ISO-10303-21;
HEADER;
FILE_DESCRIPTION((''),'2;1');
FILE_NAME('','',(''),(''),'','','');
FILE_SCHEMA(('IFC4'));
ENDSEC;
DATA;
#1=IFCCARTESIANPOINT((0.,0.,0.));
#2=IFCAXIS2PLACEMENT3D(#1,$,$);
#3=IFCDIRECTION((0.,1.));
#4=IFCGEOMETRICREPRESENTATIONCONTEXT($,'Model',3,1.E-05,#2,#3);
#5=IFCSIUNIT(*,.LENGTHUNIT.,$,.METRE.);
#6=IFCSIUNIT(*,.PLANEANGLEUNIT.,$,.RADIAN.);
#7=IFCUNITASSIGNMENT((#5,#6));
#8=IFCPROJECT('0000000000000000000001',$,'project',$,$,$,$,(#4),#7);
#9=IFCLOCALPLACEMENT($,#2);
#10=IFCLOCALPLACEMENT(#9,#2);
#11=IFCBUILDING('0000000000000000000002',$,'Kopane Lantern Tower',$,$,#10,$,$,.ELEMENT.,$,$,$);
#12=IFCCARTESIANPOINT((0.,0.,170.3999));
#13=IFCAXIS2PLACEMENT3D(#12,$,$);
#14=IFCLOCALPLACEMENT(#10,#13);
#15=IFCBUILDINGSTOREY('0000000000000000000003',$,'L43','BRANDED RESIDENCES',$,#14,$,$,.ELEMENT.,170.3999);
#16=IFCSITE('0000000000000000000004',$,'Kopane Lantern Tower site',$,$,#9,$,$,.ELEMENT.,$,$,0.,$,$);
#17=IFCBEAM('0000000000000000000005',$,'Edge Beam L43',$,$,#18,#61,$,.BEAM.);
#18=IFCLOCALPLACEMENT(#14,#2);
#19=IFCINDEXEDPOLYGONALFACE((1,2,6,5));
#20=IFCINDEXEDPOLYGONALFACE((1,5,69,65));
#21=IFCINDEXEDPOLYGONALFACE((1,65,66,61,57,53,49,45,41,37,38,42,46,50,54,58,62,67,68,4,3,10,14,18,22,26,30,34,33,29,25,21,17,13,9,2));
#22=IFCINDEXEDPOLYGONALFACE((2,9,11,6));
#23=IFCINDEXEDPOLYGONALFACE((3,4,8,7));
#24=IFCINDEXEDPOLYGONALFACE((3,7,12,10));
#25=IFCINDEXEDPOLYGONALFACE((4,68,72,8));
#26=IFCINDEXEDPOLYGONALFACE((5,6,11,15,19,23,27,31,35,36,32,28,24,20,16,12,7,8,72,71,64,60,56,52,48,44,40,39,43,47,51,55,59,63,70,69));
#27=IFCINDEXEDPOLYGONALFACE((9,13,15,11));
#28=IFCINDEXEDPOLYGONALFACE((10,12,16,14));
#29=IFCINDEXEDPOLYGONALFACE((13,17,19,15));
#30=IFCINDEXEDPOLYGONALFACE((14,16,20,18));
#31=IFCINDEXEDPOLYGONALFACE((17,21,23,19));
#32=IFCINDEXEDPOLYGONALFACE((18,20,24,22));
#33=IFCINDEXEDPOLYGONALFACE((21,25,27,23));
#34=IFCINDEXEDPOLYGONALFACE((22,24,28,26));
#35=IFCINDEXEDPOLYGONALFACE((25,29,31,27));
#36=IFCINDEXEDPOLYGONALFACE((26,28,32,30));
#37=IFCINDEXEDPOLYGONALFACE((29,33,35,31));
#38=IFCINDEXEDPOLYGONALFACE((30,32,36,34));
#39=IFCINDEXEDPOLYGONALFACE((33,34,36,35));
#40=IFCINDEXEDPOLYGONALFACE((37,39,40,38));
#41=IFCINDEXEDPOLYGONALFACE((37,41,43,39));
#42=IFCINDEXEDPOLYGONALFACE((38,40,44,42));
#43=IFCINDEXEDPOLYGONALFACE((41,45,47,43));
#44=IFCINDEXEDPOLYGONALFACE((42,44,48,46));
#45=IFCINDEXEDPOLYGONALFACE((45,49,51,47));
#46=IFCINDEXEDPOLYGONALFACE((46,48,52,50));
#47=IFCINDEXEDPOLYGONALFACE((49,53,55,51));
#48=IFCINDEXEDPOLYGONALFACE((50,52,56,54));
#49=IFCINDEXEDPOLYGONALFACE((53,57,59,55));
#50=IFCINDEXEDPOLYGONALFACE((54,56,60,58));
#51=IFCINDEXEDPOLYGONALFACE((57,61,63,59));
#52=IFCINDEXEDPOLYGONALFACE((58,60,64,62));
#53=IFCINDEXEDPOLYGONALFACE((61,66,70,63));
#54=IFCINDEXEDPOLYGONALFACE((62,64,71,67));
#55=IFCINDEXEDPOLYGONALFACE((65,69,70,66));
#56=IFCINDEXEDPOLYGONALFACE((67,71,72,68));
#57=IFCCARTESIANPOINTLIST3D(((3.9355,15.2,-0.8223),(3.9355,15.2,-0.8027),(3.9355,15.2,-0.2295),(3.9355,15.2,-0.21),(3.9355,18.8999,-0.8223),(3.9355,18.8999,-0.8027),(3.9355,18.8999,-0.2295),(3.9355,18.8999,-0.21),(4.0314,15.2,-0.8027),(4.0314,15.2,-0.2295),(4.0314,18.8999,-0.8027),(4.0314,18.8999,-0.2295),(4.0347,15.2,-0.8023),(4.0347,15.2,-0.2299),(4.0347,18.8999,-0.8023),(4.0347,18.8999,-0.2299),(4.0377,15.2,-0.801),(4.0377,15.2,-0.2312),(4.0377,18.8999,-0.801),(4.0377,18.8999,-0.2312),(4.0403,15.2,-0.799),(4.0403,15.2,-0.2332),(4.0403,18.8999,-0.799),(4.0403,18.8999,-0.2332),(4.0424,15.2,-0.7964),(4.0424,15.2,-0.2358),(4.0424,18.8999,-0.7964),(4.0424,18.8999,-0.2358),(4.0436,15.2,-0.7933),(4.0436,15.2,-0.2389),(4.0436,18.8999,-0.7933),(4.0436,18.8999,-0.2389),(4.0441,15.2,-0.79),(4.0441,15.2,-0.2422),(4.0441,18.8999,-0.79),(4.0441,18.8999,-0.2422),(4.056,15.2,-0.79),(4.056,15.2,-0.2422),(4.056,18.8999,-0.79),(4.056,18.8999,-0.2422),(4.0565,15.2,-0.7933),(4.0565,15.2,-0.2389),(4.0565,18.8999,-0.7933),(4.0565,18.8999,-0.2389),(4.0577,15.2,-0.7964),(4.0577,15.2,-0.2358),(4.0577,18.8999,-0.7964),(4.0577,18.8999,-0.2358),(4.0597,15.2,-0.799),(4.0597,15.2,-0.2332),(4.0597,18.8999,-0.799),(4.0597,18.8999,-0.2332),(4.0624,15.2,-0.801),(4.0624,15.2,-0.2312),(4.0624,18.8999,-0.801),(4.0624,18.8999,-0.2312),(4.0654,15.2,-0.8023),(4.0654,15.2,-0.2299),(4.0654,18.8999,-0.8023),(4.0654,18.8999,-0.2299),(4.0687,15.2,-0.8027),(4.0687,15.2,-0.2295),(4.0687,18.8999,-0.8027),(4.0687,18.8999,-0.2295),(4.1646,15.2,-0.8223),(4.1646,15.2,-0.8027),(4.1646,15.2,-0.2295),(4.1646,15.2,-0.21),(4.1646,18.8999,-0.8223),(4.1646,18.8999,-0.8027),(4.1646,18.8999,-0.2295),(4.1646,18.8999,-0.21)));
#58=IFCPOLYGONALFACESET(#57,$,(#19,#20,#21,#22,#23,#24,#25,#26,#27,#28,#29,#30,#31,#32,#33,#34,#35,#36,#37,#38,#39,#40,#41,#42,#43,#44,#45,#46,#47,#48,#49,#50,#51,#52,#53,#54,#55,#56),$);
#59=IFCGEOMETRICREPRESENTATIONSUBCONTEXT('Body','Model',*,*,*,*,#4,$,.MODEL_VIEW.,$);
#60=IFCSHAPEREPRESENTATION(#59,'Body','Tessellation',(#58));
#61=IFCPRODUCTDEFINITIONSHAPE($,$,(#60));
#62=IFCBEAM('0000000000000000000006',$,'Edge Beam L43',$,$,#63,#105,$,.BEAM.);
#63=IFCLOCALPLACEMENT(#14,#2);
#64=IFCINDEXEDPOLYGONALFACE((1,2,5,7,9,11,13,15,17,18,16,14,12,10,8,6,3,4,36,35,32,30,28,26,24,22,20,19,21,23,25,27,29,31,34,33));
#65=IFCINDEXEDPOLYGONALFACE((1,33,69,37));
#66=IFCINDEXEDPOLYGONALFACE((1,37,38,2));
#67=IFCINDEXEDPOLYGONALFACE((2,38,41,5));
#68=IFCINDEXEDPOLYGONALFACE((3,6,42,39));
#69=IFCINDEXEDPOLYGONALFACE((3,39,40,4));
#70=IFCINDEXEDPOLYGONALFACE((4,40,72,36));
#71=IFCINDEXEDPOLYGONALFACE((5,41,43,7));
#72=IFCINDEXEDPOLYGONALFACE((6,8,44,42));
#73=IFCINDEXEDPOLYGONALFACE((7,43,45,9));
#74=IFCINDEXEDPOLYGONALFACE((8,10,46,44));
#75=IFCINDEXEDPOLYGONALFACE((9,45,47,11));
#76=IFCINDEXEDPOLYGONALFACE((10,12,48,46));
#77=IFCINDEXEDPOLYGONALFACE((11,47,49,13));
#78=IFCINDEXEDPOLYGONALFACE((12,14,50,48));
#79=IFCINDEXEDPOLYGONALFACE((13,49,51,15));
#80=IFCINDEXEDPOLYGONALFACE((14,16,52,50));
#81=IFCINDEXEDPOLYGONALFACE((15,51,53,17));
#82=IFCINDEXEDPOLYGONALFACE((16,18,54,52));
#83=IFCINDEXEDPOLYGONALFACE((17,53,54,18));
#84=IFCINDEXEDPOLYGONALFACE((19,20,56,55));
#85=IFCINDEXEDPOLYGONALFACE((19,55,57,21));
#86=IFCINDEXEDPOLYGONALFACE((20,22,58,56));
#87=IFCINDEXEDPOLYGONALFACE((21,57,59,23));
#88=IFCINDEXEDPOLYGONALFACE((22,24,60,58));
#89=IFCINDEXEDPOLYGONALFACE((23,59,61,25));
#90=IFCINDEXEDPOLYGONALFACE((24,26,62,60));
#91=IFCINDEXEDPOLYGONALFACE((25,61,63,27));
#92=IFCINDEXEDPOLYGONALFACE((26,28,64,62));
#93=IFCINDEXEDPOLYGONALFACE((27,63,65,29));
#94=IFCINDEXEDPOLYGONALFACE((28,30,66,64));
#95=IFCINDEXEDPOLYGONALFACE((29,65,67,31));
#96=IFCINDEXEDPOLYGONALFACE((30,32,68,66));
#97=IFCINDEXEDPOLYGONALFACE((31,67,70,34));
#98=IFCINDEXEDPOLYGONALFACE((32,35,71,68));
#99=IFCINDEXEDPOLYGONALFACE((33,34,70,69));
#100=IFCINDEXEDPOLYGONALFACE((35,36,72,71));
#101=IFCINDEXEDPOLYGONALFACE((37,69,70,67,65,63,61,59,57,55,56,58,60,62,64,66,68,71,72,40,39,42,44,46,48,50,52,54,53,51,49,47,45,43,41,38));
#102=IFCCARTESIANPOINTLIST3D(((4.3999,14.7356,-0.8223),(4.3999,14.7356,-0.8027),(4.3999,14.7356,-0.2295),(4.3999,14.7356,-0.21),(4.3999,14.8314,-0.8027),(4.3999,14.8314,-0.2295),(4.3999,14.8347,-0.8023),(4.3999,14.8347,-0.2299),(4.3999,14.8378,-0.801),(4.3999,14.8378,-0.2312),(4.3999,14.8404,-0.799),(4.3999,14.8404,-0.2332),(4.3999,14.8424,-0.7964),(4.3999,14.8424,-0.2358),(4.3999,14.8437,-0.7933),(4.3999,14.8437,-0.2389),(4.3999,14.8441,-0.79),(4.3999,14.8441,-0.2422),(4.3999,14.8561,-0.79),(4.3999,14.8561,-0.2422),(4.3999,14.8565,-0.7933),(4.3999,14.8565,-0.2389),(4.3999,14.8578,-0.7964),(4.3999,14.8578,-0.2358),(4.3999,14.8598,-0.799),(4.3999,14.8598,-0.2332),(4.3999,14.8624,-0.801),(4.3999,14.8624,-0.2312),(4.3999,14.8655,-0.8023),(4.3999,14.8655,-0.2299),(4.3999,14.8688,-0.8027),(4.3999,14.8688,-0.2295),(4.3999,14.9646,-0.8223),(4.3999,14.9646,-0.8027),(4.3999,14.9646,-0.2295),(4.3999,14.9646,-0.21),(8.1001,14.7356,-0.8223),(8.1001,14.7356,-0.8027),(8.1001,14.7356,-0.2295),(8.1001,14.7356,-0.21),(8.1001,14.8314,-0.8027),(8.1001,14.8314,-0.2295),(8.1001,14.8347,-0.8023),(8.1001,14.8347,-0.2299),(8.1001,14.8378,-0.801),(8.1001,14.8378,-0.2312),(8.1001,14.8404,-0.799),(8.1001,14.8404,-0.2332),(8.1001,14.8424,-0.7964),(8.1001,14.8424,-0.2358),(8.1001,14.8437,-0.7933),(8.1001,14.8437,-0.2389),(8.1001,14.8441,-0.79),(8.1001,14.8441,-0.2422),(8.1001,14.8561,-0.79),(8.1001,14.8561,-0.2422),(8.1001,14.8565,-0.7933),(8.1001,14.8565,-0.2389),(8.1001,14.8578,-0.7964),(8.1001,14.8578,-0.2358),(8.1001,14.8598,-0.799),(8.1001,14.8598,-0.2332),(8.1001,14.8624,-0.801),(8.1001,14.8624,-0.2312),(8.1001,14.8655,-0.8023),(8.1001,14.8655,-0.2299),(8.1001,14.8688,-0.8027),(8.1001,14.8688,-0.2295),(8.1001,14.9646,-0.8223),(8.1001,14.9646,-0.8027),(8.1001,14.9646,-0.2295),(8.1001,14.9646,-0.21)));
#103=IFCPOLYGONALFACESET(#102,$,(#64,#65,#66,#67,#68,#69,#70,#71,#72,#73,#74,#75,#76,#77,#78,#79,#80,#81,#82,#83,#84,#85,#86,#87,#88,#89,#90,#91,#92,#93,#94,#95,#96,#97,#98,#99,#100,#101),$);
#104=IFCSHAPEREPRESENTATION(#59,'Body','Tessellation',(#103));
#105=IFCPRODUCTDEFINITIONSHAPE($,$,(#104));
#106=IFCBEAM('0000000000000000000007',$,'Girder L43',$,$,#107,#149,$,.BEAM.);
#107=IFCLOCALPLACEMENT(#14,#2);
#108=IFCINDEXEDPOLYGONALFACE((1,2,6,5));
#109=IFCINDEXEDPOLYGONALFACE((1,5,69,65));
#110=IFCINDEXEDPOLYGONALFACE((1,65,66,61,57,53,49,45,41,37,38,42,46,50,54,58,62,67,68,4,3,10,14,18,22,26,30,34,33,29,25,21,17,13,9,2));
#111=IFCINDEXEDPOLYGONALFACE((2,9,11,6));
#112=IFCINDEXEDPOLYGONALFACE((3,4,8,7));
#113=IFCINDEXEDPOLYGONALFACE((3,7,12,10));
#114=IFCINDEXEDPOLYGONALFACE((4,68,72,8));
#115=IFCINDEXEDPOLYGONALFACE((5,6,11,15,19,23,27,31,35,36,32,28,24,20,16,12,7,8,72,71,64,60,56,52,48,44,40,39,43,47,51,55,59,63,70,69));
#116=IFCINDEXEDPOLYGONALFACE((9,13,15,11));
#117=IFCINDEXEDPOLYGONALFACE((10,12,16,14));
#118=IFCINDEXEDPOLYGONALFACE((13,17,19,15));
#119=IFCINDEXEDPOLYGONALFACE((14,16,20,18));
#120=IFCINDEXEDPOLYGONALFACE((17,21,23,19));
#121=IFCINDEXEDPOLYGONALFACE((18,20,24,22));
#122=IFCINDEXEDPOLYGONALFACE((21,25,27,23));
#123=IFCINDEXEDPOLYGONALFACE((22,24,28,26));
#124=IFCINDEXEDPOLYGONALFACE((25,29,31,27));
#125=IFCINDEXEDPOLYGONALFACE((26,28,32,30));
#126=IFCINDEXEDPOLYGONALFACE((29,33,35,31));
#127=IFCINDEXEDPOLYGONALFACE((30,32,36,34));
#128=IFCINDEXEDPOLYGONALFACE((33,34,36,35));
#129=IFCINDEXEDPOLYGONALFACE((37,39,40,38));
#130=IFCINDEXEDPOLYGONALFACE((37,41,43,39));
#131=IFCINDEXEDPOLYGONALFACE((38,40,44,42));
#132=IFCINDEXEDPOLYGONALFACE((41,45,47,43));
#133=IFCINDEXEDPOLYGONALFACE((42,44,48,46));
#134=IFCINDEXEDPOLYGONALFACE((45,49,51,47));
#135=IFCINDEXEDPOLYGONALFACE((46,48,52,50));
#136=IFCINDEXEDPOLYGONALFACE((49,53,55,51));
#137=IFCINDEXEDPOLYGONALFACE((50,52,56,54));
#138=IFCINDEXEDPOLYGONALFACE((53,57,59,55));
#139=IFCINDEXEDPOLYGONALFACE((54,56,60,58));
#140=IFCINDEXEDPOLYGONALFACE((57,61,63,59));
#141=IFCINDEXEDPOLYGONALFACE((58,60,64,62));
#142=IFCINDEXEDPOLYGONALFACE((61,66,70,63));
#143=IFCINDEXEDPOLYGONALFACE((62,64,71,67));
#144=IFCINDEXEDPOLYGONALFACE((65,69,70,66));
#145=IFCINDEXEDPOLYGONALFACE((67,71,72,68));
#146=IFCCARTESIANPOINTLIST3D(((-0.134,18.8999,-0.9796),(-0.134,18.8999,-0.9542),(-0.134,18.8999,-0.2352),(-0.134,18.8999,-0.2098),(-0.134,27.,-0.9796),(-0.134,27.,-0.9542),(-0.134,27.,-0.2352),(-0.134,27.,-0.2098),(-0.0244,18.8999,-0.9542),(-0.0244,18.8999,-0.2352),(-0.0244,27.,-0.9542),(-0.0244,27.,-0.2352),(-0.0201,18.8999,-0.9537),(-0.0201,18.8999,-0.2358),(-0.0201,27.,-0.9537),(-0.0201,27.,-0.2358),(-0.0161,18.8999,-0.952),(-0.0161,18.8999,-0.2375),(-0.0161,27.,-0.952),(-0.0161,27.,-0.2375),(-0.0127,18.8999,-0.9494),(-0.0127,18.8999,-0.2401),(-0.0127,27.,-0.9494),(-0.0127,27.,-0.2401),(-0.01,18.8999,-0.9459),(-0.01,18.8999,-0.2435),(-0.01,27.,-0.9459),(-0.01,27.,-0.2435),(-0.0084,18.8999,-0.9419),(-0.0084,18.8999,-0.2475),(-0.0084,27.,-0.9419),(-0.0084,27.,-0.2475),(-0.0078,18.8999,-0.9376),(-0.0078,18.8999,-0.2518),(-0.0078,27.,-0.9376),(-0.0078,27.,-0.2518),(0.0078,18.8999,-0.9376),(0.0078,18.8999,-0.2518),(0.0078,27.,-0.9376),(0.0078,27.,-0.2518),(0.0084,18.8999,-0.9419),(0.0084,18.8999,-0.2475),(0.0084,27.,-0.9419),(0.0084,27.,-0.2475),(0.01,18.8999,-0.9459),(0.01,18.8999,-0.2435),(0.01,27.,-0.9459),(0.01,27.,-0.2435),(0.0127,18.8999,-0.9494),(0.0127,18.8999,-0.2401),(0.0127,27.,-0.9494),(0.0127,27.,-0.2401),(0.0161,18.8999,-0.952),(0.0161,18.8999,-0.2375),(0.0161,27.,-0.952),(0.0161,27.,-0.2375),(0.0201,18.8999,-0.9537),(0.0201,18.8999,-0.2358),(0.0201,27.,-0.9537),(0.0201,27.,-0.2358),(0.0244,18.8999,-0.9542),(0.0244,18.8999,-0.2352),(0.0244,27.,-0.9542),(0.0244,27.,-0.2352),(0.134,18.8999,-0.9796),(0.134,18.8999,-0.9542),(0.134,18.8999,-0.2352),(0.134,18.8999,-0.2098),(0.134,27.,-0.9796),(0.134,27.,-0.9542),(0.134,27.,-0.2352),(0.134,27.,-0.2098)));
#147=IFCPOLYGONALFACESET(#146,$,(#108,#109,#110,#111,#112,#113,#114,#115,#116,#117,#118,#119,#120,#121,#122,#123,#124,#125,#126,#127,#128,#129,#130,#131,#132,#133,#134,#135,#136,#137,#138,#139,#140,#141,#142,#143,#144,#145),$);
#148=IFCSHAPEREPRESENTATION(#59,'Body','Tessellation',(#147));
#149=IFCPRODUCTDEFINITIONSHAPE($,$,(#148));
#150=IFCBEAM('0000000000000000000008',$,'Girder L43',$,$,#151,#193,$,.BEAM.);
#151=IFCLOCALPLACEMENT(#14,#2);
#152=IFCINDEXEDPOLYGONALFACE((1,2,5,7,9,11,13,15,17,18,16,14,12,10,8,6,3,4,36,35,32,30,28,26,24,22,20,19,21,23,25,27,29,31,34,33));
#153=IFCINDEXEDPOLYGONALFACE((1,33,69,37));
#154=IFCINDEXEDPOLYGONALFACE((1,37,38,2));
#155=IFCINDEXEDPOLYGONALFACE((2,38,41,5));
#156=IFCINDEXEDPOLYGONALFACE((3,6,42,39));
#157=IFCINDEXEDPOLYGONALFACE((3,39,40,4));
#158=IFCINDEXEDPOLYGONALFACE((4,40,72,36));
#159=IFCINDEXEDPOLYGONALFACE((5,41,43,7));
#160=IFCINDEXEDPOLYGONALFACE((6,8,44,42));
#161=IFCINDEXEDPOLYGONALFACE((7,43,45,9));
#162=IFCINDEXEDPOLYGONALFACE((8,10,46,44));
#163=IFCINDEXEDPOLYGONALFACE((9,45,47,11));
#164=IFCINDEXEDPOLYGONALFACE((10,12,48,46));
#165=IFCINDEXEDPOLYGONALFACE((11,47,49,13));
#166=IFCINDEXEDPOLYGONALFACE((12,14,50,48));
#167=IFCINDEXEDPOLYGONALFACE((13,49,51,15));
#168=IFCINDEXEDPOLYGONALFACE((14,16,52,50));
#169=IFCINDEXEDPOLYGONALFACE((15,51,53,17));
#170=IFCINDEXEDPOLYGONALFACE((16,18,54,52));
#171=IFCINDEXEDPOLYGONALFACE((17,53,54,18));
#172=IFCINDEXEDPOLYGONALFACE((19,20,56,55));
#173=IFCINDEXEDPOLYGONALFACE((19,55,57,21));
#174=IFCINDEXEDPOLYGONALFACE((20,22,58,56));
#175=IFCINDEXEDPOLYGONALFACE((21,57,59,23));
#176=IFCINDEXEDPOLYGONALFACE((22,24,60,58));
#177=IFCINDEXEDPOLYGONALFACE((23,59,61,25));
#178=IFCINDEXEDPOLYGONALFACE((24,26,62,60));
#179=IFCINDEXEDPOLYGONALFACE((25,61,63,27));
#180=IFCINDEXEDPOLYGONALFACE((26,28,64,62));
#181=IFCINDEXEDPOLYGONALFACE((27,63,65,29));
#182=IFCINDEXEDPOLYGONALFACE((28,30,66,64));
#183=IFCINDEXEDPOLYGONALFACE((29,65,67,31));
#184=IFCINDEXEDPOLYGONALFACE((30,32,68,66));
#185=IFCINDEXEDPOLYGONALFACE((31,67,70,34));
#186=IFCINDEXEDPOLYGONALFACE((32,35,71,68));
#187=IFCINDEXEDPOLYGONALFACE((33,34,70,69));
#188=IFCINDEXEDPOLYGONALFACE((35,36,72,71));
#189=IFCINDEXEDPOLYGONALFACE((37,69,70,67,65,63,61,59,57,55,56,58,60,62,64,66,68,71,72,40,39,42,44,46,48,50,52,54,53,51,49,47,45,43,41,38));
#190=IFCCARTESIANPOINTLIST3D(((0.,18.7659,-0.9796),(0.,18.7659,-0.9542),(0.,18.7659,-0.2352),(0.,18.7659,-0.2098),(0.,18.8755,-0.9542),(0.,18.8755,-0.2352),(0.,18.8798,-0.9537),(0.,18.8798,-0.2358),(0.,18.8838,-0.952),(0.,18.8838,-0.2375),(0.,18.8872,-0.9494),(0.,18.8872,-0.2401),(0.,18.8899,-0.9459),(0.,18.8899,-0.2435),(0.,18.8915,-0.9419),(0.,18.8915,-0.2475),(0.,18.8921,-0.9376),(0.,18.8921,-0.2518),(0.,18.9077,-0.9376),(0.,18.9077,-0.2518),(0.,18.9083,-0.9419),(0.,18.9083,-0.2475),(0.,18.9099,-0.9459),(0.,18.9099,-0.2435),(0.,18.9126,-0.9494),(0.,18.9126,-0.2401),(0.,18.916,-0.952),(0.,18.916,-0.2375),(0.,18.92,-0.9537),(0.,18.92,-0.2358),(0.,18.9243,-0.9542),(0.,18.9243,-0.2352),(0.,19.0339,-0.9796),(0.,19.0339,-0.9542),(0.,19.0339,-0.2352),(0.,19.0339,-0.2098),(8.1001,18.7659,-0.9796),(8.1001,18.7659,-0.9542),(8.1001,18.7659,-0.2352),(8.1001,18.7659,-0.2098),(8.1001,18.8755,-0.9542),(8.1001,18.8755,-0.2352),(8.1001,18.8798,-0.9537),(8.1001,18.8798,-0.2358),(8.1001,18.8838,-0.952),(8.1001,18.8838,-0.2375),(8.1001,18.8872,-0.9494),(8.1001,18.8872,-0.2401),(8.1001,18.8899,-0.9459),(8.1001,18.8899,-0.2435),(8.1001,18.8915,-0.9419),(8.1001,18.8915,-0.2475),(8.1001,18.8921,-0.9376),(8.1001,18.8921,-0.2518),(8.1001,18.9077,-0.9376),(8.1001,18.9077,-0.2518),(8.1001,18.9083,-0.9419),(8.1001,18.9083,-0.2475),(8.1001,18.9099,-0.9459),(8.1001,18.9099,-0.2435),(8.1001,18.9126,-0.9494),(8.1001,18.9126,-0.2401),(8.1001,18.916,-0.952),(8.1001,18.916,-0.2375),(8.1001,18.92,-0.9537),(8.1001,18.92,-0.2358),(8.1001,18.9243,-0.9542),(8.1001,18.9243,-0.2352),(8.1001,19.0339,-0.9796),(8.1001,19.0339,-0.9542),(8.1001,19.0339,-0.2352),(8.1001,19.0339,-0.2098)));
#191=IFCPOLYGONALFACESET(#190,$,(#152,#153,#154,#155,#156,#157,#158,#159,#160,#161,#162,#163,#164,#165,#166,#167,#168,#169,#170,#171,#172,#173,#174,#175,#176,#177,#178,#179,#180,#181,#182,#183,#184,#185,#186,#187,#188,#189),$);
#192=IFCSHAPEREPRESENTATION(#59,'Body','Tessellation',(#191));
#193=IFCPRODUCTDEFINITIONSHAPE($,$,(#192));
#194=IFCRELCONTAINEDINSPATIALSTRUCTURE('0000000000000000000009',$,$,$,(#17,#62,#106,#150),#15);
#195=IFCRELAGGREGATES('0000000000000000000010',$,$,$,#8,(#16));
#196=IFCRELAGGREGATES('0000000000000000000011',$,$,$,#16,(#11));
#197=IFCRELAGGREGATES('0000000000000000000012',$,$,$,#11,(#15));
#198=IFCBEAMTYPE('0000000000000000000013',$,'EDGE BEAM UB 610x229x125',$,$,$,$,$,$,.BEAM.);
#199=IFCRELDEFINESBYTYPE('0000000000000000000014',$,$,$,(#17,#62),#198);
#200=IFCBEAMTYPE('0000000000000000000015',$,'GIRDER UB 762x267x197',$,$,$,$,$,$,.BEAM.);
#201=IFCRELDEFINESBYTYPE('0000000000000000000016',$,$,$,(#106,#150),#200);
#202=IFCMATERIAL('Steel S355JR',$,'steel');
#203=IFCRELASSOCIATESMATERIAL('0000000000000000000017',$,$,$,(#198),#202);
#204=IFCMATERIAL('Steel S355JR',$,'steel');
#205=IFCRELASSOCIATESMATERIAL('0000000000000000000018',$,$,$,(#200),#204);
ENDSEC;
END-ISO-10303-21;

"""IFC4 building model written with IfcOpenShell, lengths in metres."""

from ifc_helpers import new_model, si_unit, direction, frame, origin, origin_2d, place, context, subcontext, project, spatial, i_section, extrude, material, material_profile, profile_set, type_object, element, save


model = new_model("IFC4")

# Units and contexts
model_context = context("Model", 3, precision=1e-05, world=origin(), true_north=direction((0.0, 1.0)))
body_context = subcontext(model_context, "Body", "Model", "MODEL_VIEW")
ifc_project = project(units=[si_unit("LENGTHUNIT", "METRE"), si_unit("PLANEANGLEUNIT", "RADIAN")], contexts=[model_context])

# Site, building, storey
site_placement = place(None, origin())
site = spatial("IfcSite", under=ifc_project, at=site_placement, Name="Kopane Lantern Tower site", CompositionType="ELEMENT", RefElevation=0.0)
building_placement = place(site_placement, origin())
building = spatial("IfcBuilding", under=site, at=building_placement, Name="Kopane Lantern Tower", CompositionType="ELEMENT")
storey_placement = place(building_placement, frame((0.0, 0.0, 170.3999)))
storey = spatial("IfcBuildingStorey", under=building, at=storey_placement, Name="L43", Description="BRANDED RESIDENCES", CompositionType="ELEMENT", Elevation=170.3999)

# Beams
ifc_material_1 = material(Name="Steel S355JR", Category="steel")
ifc_material_profile_1 = material_profile(ifc_material_1, i_section(OverallWidth=0.229, OverallDepth=0.6123, WebThickness=0.012, FlangeThickness=0.0195, FilletRadius=0.0127, at=origin_2d()), Name="UB 610x229x125")
ifc_profile_set_1 = profile_set([ifc_material_profile_1], Name="Steel S355JR")
beam_type_1 = type_object("IfcBeamType", Name="EDGE BEAM UB 610x229x125", PredefinedType="BEAM", material=ifc_profile_set_1)
beam_1_placement = place(storey_placement, frame((4.05, 15.2, -0.5161), z_axis=(0.0, 1.0, 0.0), x_axis=(-1.0, 0.0, 0.0)))
element("IfcBeam", 1, at=beam_1_placement, inside=storey, type_object=beam_type_1, Name="Edge Beam L43", PredefinedType="BEAM", context=body_context, shape_type="SweptSolid", body=[
    extrude(i_section(OverallWidth=0.229, OverallDepth=0.6123, WebThickness=0.012, FlangeThickness=0.0195, FilletRadius=0.0127, at=origin_2d()), origin(), (0.0, 0.0, 1.0), 3.7),
])
beam_2_placement = place(storey_placement, frame((4.3999, 14.8501, -0.5161), z_axis=(1.0, 0.0, 0.0), x_axis=(0.0, 1.0, 0.0)))
element("IfcBeam", 2, at=beam_2_placement, inside=storey, type_object=beam_type_1, Name="Edge Beam L43", PredefinedType="BEAM", context=body_context, shape_type="SweptSolid", body=[
    extrude(i_section(OverallWidth=0.229, OverallDepth=0.6123, WebThickness=0.012, FlangeThickness=0.0195, FilletRadius=0.0127, at=origin_2d()), origin(), (0.0, 0.0, 1.0), 3.7002),
])
ifc_material_2 = material(Name="Steel S355JR", Category="steel")
ifc_material_profile_2 = material_profile(ifc_material_2, i_section(OverallWidth=0.2681, OverallDepth=0.7698, WebThickness=0.0156, FlangeThickness=0.0254, FilletRadius=0.0166, at=origin_2d()), Name="UB 762x267x197")
ifc_profile_set_2 = profile_set([ifc_material_profile_2], Name="Steel S355JR")
beam_type_2 = type_object("IfcBeamType", Name="GIRDER UB 762x267x197", PredefinedType="BEAM", material=ifc_profile_set_2)
for number, where, z_axis, x_axis, name in (
    (3, (0.0, 18.8999, -0.5947), (0.0, 1.0, 0.0), (-1.0, 0.0, 0.0), "Girder L43"),
    (4, (0.0, 18.8999, -0.5947), (1.0, 0.0, 0.0), (0.0, 1.0, 0.0), "Girder L43"),
):
    element("IfcBeam", number, at=place(storey_placement, frame(where, z_axis=z_axis, x_axis=x_axis)), inside=storey, type_object=beam_type_2, Name=name, PredefinedType="BEAM", context=body_context, shape_type="SweptSolid", body=[
        extrude(i_section(OverallWidth=0.2681, OverallDepth=0.7698, WebThickness=0.0156, FlangeThickness=0.0254, FilletRadius=0.0166, at=origin_2d()), origin(), (0.0, 0.0, 1.0), 8.1001),
    ])

save(model, "model.ifc")
